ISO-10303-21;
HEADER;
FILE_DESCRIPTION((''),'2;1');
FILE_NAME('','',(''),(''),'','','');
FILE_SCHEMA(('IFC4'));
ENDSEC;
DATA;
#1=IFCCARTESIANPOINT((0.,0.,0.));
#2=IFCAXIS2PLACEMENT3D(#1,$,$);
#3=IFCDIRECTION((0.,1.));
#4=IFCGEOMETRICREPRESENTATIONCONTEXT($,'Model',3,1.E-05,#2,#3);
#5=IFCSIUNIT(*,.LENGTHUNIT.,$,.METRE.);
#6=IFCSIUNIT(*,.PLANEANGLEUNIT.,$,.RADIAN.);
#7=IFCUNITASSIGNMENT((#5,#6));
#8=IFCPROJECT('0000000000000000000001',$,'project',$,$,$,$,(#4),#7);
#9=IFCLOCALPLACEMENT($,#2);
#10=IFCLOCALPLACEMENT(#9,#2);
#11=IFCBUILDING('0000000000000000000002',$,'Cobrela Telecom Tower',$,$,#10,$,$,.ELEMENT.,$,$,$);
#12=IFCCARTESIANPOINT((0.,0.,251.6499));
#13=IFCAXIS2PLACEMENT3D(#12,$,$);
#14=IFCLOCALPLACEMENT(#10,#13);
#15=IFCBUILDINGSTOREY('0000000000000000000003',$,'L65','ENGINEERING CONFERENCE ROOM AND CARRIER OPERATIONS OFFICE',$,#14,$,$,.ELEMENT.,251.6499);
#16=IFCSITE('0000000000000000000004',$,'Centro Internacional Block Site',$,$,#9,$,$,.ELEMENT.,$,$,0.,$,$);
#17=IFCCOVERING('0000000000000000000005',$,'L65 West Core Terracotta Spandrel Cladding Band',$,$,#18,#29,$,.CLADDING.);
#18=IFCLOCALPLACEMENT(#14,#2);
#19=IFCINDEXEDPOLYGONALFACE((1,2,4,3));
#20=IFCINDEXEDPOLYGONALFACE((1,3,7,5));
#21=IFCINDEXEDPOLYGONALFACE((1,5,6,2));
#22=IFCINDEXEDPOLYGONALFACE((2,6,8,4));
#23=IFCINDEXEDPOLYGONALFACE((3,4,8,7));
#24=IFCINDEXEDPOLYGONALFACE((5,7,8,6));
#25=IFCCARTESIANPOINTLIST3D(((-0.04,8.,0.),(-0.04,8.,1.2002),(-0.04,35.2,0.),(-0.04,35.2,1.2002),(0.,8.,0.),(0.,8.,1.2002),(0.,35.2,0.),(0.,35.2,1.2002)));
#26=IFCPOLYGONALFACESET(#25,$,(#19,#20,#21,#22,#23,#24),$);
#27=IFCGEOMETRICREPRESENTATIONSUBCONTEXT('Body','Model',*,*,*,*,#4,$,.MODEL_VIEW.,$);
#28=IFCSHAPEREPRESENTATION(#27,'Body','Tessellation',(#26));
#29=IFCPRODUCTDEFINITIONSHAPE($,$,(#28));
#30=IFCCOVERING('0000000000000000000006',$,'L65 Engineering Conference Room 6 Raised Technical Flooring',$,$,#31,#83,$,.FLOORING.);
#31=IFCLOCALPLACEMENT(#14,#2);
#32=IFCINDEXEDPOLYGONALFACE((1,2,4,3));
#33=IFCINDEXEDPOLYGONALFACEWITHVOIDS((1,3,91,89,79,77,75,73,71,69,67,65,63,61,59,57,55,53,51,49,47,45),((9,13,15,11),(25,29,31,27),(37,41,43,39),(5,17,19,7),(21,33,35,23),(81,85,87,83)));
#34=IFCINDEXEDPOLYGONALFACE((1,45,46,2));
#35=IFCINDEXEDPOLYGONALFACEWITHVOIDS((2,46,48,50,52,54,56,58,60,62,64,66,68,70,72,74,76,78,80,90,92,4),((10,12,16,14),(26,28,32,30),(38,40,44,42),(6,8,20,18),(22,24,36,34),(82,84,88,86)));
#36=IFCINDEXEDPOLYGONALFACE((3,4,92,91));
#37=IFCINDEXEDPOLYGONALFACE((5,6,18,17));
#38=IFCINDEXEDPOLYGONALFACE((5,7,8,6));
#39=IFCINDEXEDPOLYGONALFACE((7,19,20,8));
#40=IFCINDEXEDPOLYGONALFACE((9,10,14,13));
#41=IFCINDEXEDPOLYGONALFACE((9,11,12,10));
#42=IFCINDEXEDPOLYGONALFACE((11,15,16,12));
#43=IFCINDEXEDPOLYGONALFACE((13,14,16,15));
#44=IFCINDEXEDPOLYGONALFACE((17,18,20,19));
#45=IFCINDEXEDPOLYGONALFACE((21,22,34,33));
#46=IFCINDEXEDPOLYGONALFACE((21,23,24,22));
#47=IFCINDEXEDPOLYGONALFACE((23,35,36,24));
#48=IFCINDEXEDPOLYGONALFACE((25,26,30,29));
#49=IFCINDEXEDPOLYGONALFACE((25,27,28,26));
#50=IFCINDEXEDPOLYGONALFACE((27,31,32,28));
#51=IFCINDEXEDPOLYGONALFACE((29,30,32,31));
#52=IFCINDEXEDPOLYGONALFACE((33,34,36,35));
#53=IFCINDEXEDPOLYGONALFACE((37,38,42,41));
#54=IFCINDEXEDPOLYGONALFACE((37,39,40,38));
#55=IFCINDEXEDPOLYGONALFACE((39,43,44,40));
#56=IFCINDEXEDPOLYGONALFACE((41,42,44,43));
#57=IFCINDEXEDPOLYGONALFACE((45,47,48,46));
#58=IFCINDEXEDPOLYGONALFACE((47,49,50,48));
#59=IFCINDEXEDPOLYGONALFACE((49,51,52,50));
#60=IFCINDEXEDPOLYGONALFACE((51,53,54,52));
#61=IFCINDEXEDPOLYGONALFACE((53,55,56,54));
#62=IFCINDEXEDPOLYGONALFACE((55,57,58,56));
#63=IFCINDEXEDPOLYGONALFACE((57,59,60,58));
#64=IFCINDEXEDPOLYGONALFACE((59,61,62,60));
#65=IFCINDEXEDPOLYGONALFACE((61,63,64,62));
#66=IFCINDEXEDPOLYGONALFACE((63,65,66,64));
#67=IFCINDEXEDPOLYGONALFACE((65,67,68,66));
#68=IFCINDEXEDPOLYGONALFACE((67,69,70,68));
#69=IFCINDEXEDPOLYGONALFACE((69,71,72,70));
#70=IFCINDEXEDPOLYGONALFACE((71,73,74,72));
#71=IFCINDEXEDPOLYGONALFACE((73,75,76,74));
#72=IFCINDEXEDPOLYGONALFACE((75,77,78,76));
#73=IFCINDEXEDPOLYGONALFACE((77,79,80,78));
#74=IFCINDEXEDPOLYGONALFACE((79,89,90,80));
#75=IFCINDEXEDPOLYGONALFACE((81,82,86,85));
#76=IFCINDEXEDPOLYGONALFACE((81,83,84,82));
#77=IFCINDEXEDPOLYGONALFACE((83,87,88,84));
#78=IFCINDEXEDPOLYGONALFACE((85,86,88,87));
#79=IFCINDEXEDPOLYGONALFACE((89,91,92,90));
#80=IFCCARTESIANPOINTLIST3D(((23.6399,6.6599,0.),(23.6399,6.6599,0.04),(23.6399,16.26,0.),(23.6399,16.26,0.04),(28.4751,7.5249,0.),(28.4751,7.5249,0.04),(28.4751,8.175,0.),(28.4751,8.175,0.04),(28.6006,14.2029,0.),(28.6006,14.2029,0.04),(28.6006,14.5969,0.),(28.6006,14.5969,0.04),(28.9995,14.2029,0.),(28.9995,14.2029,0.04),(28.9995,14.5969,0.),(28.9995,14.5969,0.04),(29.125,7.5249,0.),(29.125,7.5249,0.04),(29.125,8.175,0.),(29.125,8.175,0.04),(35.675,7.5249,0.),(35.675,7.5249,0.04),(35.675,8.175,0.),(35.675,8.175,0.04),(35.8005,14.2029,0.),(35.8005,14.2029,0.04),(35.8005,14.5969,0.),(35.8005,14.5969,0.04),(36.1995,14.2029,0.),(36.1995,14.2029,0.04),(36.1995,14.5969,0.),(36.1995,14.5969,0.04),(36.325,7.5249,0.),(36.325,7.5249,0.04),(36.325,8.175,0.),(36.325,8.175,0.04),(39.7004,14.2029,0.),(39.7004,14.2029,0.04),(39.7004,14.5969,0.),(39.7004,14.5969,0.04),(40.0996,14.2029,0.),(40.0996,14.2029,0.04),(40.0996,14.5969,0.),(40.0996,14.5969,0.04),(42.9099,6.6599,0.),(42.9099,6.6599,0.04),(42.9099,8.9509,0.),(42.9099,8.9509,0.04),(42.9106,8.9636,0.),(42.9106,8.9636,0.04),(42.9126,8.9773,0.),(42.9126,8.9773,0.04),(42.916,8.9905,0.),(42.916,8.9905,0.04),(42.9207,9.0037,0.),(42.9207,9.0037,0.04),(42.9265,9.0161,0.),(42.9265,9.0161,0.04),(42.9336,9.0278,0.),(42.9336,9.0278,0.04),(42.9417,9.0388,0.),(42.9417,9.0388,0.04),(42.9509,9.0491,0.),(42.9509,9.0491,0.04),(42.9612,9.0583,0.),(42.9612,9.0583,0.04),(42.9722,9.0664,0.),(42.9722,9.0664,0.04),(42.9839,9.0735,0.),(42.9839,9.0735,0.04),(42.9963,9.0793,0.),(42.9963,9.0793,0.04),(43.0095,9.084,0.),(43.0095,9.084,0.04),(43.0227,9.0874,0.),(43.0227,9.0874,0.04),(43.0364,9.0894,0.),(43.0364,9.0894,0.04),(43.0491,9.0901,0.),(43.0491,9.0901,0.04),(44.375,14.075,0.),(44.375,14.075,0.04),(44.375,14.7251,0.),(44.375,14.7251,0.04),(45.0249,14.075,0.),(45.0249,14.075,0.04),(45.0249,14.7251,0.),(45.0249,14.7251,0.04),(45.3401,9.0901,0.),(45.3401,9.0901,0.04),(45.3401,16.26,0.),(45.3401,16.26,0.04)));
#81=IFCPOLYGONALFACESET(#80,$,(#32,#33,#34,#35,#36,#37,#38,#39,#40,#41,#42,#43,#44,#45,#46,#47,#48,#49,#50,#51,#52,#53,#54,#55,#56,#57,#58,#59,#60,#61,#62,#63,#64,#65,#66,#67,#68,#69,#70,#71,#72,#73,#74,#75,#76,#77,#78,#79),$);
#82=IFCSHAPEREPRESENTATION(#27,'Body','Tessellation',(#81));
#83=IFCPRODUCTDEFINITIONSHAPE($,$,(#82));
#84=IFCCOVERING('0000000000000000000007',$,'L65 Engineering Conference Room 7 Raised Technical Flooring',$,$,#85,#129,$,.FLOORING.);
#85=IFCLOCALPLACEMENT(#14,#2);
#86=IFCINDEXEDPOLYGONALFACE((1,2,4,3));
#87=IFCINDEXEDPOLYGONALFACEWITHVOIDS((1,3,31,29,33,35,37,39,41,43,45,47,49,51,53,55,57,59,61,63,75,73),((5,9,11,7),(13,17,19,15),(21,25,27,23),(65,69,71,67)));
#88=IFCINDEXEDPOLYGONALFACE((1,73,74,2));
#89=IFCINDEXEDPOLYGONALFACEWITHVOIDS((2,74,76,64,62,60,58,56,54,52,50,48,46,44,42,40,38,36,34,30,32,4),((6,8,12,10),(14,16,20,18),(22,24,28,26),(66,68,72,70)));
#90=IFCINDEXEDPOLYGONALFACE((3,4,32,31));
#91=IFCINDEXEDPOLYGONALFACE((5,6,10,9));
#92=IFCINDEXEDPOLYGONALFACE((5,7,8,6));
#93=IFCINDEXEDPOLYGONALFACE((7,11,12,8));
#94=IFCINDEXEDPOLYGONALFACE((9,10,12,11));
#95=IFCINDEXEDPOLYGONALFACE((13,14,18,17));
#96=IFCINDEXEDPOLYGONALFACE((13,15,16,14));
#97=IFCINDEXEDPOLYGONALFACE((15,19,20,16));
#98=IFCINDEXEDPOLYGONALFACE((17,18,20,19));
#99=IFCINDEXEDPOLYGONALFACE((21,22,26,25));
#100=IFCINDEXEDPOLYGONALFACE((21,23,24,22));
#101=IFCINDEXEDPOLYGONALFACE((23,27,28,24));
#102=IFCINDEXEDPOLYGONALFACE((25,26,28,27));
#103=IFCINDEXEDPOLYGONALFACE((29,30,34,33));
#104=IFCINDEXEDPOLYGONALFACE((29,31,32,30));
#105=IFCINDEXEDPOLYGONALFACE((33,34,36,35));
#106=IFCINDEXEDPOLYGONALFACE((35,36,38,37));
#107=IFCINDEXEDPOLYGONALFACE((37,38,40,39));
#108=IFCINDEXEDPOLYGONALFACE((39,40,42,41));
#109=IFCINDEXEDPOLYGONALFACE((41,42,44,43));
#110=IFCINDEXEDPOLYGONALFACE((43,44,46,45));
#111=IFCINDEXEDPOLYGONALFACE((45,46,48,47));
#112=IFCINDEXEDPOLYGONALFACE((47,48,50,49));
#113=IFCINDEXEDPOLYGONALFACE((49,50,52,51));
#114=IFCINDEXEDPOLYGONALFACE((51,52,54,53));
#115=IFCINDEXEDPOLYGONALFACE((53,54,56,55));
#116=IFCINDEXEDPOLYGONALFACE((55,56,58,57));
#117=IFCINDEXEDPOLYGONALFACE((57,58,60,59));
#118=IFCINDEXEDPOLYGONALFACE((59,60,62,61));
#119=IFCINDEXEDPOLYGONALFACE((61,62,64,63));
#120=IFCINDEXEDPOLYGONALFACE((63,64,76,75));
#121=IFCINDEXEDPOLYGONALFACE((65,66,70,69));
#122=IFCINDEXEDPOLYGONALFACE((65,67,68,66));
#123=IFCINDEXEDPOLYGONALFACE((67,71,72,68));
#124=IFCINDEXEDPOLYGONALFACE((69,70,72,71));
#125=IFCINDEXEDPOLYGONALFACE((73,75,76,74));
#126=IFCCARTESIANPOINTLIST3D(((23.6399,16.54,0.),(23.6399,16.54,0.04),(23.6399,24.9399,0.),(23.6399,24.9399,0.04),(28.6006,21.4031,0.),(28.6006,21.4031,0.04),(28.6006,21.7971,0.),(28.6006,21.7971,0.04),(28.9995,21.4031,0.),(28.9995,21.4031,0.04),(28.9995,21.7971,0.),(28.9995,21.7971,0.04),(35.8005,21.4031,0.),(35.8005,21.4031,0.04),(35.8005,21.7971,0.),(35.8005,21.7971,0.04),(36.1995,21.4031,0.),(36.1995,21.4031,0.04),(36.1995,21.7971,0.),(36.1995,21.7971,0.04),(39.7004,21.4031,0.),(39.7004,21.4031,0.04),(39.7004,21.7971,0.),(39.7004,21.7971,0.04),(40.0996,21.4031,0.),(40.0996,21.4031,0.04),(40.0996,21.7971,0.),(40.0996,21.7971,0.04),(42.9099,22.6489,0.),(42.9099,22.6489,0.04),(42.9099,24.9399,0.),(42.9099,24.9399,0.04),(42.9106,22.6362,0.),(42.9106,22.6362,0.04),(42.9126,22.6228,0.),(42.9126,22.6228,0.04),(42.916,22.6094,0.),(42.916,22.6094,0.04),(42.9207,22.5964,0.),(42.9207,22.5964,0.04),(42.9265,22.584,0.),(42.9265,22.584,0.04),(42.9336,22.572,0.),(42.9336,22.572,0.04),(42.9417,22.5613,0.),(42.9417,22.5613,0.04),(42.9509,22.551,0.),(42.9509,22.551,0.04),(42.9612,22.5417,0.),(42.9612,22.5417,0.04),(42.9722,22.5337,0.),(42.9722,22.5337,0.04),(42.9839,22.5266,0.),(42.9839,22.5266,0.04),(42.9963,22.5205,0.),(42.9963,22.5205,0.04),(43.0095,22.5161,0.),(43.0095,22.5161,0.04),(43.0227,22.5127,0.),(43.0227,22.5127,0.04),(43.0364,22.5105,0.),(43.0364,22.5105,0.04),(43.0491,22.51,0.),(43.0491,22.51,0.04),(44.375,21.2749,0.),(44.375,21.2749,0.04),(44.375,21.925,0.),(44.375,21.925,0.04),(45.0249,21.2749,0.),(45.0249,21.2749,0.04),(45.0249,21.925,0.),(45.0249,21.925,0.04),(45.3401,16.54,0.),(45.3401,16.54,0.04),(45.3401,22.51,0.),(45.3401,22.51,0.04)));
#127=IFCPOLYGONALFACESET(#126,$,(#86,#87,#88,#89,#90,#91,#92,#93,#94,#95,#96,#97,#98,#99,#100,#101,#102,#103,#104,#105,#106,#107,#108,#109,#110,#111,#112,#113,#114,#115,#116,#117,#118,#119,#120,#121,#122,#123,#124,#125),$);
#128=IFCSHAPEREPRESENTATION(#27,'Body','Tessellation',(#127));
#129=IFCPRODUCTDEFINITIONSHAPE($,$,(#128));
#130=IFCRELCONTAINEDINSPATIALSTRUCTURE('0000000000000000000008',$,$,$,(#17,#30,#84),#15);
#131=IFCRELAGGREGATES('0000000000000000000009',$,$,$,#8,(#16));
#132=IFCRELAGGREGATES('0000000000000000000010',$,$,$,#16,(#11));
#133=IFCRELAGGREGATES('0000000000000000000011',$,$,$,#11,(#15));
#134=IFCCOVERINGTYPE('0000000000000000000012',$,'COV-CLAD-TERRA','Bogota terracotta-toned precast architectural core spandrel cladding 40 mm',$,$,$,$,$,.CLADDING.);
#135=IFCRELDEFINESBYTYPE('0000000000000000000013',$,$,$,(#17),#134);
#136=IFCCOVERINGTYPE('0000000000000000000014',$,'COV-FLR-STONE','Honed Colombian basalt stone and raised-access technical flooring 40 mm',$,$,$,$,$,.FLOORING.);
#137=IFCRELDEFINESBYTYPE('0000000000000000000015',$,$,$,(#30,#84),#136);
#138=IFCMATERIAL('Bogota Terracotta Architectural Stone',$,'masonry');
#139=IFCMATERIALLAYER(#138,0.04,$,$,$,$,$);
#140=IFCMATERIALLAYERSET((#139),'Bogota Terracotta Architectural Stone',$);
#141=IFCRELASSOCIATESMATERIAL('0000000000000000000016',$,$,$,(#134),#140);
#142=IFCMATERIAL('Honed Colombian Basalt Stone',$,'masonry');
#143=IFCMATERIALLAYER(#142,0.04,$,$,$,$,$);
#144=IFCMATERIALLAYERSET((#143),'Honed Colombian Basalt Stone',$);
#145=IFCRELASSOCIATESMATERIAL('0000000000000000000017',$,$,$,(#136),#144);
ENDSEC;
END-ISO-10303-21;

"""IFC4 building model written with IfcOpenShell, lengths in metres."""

from ifc_helpers import new_model, si_unit, direction, frame, origin, place, context, subcontext, project, spatial, polyline, outline, extrude, material, layer, layer_set, type_object, element, save


model = new_model("IFC4")

# Units and contexts
model_context = context("Model", 3, precision=1e-05, world=origin(), true_north=direction((0.0, 1.0)))
body_context = subcontext(model_context, "Body", "Model", "MODEL_VIEW")
ifc_project = project(units=[si_unit("LENGTHUNIT", "METRE"), si_unit("PLANEANGLEUNIT", "RADIAN")], contexts=[model_context])

# Site, building, storey
site_placement = place(None, origin())
site = spatial("IfcSite", under=ifc_project, at=site_placement, Name="Centro Internacional Block Site", CompositionType="ELEMENT", RefElevation=0.0)
building_placement = place(site_placement, origin())
building = spatial("IfcBuilding", under=site, at=building_placement, Name="Cobrela Telecom Tower", CompositionType="ELEMENT")
storey_placement = place(building_placement, frame((0.0, 0.0, 251.6499)))
storey = spatial("IfcBuildingStorey", under=building, at=storey_placement, Name="L65", Description="ENGINEERING CONFERENCE ROOM AND CARRIER OPERATIONS OFFICE", CompositionType="ELEMENT", Elevation=251.6499)

# Coverings
ifc_material_1 = material(Name="Bogota Terracotta Architectural Stone", Category="masonry")
ifc_layer_1 = layer(ifc_material_1, 0.04)
ifc_layer_set_1 = layer_set([ifc_layer_1], Name="Bogota Terracotta Architectural Stone")
covering_type_1 = type_object("IfcCoveringType", Name="COV-CLAD-TERRA", Description="Bogota terracotta-toned precast architectural core spandrel cladding 40 mm", PredefinedType="CLADDING", material=ifc_layer_set_1)
covering_1_placement = place(storey_placement, origin())
element("IfcCovering", 1, at=covering_1_placement, inside=storey, type_object=covering_type_1, Name="L65 West Core Terracotta Spandrel Cladding Band", PredefinedType="CLADDING", context=body_context, shape_type="SweptSolid", body=[
    extrude(outline(polyline([(-0.04, 8.0), (0.0, 8.0), (0.0, 35.2), (-0.04, 35.2), (-0.04, 8.0)])), origin(), (0.0, 0.0, 1.0), 1.2002),
])
ifc_material_2 = material(Name="Honed Colombian Basalt Stone", Category="masonry")
ifc_layer_2 = layer(ifc_material_2, 0.04)
ifc_layer_set_2 = layer_set([ifc_layer_2], Name="Honed Colombian Basalt Stone")
covering_type_2 = type_object("IfcCoveringType", Name="COV-FLR-STONE", Description="Honed Colombian basalt stone and raised-access technical flooring 40 mm", PredefinedType="FLOORING", material=ifc_layer_set_2)
covering_2_placement = place(storey_placement, origin())
element("IfcCovering", 2, at=covering_2_placement, inside=storey, type_object=covering_type_2, Name="L65 Engineering Conference Room 6 Raised Technical Flooring", PredefinedType="FLOORING", context=body_context, shape_type="SweptSolid", body=[
    extrude(outline(polyline([(45.3401, 9.0901), (43.0491, 9.0901), (43.0364, 9.0894), (43.0227, 9.0874), (43.0095, 9.084), (42.9963, 9.0793), (42.9839, 9.0735), (42.9722, 9.0664), (42.9612, 9.0583), (42.9509, 9.0491), (42.9417, 9.0388), (42.9336, 9.0278), (42.9265, 9.0161), (42.9207, 9.0037), (42.916, 8.9905), (42.9126, 8.9773), (42.9106, 8.9636), (42.9099, 8.9509), (42.9099, 6.6599), (23.6399, 6.6599), (23.6399, 16.26), (45.3401, 16.26), (45.3401, 9.0901)]), holes=[polyline([(28.9995, 14.5969), (28.6006, 14.5969), (28.6006, 14.2029), (28.9995, 14.2029), (28.9995, 14.5969)]), polyline([(29.125, 8.175), (28.4751, 8.175), (28.4751, 7.5249), (29.125, 7.5249), (29.125, 8.175)]), polyline([(36.325, 8.175), (35.675, 8.175), (35.675, 7.5249), (36.325, 7.5249), (36.325, 8.175)]), polyline([(36.1995, 14.5969), (35.8005, 14.5969), (35.8005, 14.2029), (36.1995, 14.2029), (36.1995, 14.5969)]), polyline([(40.0996, 14.5969), (39.7004, 14.5969), (39.7004, 14.2029), (40.0996, 14.2029), (40.0996, 14.5969)]), polyline([(45.0249, 14.7251), (44.375, 14.7251), (44.375, 14.075), (45.0249, 14.075), (45.0249, 14.7251)])]), origin(), (0.0, 0.0, 1.0), 0.04),
])
covering_3_placement = place(storey_placement, origin())
element("IfcCovering", 3, at=covering_3_placement, inside=storey, type_object=covering_type_2, Name="L65 Engineering Conference Room 7 Raised Technical Flooring", PredefinedType="FLOORING", context=body_context, shape_type="SweptSolid", body=[
    extrude(outline(polyline([(42.9099, 24.9399), (42.9099, 22.6489), (42.9106, 22.6362), (42.9126, 22.6228), (42.916, 22.6094), (42.9207, 22.5964), (42.9265, 22.584), (42.9336, 22.572), (42.9417, 22.5613), (42.9509, 22.551), (42.9612, 22.5417), (42.9722, 22.5337), (42.9839, 22.5266), (42.9963, 22.5205), (43.0095, 22.5161), (43.0227, 22.5127), (43.0364, 22.5105), (43.0491, 22.51), (45.3401, 22.51), (45.3401, 16.54), (23.6399, 16.54), (23.6399, 24.9399), (42.9099, 24.9399)]), holes=[polyline([(28.9995, 21.7971), (28.6006, 21.7971), (28.6006, 21.4031), (28.9995, 21.4031), (28.9995, 21.7971)]), polyline([(36.1995, 21.7971), (35.8005, 21.7971), (35.8005, 21.4031), (36.1995, 21.4031), (36.1995, 21.7971)]), polyline([(40.0996, 21.4031), (40.0996, 21.7971), (39.7004, 21.7971), (39.7004, 21.4031), (40.0996, 21.4031)]), polyline([(45.0249, 21.2749), (45.0249, 21.925), (44.375, 21.925), (44.375, 21.2749), (45.0249, 21.2749)])]), origin(), (0.0, 0.0, 1.0), 0.04),
])

save(model, "model.ifc")
